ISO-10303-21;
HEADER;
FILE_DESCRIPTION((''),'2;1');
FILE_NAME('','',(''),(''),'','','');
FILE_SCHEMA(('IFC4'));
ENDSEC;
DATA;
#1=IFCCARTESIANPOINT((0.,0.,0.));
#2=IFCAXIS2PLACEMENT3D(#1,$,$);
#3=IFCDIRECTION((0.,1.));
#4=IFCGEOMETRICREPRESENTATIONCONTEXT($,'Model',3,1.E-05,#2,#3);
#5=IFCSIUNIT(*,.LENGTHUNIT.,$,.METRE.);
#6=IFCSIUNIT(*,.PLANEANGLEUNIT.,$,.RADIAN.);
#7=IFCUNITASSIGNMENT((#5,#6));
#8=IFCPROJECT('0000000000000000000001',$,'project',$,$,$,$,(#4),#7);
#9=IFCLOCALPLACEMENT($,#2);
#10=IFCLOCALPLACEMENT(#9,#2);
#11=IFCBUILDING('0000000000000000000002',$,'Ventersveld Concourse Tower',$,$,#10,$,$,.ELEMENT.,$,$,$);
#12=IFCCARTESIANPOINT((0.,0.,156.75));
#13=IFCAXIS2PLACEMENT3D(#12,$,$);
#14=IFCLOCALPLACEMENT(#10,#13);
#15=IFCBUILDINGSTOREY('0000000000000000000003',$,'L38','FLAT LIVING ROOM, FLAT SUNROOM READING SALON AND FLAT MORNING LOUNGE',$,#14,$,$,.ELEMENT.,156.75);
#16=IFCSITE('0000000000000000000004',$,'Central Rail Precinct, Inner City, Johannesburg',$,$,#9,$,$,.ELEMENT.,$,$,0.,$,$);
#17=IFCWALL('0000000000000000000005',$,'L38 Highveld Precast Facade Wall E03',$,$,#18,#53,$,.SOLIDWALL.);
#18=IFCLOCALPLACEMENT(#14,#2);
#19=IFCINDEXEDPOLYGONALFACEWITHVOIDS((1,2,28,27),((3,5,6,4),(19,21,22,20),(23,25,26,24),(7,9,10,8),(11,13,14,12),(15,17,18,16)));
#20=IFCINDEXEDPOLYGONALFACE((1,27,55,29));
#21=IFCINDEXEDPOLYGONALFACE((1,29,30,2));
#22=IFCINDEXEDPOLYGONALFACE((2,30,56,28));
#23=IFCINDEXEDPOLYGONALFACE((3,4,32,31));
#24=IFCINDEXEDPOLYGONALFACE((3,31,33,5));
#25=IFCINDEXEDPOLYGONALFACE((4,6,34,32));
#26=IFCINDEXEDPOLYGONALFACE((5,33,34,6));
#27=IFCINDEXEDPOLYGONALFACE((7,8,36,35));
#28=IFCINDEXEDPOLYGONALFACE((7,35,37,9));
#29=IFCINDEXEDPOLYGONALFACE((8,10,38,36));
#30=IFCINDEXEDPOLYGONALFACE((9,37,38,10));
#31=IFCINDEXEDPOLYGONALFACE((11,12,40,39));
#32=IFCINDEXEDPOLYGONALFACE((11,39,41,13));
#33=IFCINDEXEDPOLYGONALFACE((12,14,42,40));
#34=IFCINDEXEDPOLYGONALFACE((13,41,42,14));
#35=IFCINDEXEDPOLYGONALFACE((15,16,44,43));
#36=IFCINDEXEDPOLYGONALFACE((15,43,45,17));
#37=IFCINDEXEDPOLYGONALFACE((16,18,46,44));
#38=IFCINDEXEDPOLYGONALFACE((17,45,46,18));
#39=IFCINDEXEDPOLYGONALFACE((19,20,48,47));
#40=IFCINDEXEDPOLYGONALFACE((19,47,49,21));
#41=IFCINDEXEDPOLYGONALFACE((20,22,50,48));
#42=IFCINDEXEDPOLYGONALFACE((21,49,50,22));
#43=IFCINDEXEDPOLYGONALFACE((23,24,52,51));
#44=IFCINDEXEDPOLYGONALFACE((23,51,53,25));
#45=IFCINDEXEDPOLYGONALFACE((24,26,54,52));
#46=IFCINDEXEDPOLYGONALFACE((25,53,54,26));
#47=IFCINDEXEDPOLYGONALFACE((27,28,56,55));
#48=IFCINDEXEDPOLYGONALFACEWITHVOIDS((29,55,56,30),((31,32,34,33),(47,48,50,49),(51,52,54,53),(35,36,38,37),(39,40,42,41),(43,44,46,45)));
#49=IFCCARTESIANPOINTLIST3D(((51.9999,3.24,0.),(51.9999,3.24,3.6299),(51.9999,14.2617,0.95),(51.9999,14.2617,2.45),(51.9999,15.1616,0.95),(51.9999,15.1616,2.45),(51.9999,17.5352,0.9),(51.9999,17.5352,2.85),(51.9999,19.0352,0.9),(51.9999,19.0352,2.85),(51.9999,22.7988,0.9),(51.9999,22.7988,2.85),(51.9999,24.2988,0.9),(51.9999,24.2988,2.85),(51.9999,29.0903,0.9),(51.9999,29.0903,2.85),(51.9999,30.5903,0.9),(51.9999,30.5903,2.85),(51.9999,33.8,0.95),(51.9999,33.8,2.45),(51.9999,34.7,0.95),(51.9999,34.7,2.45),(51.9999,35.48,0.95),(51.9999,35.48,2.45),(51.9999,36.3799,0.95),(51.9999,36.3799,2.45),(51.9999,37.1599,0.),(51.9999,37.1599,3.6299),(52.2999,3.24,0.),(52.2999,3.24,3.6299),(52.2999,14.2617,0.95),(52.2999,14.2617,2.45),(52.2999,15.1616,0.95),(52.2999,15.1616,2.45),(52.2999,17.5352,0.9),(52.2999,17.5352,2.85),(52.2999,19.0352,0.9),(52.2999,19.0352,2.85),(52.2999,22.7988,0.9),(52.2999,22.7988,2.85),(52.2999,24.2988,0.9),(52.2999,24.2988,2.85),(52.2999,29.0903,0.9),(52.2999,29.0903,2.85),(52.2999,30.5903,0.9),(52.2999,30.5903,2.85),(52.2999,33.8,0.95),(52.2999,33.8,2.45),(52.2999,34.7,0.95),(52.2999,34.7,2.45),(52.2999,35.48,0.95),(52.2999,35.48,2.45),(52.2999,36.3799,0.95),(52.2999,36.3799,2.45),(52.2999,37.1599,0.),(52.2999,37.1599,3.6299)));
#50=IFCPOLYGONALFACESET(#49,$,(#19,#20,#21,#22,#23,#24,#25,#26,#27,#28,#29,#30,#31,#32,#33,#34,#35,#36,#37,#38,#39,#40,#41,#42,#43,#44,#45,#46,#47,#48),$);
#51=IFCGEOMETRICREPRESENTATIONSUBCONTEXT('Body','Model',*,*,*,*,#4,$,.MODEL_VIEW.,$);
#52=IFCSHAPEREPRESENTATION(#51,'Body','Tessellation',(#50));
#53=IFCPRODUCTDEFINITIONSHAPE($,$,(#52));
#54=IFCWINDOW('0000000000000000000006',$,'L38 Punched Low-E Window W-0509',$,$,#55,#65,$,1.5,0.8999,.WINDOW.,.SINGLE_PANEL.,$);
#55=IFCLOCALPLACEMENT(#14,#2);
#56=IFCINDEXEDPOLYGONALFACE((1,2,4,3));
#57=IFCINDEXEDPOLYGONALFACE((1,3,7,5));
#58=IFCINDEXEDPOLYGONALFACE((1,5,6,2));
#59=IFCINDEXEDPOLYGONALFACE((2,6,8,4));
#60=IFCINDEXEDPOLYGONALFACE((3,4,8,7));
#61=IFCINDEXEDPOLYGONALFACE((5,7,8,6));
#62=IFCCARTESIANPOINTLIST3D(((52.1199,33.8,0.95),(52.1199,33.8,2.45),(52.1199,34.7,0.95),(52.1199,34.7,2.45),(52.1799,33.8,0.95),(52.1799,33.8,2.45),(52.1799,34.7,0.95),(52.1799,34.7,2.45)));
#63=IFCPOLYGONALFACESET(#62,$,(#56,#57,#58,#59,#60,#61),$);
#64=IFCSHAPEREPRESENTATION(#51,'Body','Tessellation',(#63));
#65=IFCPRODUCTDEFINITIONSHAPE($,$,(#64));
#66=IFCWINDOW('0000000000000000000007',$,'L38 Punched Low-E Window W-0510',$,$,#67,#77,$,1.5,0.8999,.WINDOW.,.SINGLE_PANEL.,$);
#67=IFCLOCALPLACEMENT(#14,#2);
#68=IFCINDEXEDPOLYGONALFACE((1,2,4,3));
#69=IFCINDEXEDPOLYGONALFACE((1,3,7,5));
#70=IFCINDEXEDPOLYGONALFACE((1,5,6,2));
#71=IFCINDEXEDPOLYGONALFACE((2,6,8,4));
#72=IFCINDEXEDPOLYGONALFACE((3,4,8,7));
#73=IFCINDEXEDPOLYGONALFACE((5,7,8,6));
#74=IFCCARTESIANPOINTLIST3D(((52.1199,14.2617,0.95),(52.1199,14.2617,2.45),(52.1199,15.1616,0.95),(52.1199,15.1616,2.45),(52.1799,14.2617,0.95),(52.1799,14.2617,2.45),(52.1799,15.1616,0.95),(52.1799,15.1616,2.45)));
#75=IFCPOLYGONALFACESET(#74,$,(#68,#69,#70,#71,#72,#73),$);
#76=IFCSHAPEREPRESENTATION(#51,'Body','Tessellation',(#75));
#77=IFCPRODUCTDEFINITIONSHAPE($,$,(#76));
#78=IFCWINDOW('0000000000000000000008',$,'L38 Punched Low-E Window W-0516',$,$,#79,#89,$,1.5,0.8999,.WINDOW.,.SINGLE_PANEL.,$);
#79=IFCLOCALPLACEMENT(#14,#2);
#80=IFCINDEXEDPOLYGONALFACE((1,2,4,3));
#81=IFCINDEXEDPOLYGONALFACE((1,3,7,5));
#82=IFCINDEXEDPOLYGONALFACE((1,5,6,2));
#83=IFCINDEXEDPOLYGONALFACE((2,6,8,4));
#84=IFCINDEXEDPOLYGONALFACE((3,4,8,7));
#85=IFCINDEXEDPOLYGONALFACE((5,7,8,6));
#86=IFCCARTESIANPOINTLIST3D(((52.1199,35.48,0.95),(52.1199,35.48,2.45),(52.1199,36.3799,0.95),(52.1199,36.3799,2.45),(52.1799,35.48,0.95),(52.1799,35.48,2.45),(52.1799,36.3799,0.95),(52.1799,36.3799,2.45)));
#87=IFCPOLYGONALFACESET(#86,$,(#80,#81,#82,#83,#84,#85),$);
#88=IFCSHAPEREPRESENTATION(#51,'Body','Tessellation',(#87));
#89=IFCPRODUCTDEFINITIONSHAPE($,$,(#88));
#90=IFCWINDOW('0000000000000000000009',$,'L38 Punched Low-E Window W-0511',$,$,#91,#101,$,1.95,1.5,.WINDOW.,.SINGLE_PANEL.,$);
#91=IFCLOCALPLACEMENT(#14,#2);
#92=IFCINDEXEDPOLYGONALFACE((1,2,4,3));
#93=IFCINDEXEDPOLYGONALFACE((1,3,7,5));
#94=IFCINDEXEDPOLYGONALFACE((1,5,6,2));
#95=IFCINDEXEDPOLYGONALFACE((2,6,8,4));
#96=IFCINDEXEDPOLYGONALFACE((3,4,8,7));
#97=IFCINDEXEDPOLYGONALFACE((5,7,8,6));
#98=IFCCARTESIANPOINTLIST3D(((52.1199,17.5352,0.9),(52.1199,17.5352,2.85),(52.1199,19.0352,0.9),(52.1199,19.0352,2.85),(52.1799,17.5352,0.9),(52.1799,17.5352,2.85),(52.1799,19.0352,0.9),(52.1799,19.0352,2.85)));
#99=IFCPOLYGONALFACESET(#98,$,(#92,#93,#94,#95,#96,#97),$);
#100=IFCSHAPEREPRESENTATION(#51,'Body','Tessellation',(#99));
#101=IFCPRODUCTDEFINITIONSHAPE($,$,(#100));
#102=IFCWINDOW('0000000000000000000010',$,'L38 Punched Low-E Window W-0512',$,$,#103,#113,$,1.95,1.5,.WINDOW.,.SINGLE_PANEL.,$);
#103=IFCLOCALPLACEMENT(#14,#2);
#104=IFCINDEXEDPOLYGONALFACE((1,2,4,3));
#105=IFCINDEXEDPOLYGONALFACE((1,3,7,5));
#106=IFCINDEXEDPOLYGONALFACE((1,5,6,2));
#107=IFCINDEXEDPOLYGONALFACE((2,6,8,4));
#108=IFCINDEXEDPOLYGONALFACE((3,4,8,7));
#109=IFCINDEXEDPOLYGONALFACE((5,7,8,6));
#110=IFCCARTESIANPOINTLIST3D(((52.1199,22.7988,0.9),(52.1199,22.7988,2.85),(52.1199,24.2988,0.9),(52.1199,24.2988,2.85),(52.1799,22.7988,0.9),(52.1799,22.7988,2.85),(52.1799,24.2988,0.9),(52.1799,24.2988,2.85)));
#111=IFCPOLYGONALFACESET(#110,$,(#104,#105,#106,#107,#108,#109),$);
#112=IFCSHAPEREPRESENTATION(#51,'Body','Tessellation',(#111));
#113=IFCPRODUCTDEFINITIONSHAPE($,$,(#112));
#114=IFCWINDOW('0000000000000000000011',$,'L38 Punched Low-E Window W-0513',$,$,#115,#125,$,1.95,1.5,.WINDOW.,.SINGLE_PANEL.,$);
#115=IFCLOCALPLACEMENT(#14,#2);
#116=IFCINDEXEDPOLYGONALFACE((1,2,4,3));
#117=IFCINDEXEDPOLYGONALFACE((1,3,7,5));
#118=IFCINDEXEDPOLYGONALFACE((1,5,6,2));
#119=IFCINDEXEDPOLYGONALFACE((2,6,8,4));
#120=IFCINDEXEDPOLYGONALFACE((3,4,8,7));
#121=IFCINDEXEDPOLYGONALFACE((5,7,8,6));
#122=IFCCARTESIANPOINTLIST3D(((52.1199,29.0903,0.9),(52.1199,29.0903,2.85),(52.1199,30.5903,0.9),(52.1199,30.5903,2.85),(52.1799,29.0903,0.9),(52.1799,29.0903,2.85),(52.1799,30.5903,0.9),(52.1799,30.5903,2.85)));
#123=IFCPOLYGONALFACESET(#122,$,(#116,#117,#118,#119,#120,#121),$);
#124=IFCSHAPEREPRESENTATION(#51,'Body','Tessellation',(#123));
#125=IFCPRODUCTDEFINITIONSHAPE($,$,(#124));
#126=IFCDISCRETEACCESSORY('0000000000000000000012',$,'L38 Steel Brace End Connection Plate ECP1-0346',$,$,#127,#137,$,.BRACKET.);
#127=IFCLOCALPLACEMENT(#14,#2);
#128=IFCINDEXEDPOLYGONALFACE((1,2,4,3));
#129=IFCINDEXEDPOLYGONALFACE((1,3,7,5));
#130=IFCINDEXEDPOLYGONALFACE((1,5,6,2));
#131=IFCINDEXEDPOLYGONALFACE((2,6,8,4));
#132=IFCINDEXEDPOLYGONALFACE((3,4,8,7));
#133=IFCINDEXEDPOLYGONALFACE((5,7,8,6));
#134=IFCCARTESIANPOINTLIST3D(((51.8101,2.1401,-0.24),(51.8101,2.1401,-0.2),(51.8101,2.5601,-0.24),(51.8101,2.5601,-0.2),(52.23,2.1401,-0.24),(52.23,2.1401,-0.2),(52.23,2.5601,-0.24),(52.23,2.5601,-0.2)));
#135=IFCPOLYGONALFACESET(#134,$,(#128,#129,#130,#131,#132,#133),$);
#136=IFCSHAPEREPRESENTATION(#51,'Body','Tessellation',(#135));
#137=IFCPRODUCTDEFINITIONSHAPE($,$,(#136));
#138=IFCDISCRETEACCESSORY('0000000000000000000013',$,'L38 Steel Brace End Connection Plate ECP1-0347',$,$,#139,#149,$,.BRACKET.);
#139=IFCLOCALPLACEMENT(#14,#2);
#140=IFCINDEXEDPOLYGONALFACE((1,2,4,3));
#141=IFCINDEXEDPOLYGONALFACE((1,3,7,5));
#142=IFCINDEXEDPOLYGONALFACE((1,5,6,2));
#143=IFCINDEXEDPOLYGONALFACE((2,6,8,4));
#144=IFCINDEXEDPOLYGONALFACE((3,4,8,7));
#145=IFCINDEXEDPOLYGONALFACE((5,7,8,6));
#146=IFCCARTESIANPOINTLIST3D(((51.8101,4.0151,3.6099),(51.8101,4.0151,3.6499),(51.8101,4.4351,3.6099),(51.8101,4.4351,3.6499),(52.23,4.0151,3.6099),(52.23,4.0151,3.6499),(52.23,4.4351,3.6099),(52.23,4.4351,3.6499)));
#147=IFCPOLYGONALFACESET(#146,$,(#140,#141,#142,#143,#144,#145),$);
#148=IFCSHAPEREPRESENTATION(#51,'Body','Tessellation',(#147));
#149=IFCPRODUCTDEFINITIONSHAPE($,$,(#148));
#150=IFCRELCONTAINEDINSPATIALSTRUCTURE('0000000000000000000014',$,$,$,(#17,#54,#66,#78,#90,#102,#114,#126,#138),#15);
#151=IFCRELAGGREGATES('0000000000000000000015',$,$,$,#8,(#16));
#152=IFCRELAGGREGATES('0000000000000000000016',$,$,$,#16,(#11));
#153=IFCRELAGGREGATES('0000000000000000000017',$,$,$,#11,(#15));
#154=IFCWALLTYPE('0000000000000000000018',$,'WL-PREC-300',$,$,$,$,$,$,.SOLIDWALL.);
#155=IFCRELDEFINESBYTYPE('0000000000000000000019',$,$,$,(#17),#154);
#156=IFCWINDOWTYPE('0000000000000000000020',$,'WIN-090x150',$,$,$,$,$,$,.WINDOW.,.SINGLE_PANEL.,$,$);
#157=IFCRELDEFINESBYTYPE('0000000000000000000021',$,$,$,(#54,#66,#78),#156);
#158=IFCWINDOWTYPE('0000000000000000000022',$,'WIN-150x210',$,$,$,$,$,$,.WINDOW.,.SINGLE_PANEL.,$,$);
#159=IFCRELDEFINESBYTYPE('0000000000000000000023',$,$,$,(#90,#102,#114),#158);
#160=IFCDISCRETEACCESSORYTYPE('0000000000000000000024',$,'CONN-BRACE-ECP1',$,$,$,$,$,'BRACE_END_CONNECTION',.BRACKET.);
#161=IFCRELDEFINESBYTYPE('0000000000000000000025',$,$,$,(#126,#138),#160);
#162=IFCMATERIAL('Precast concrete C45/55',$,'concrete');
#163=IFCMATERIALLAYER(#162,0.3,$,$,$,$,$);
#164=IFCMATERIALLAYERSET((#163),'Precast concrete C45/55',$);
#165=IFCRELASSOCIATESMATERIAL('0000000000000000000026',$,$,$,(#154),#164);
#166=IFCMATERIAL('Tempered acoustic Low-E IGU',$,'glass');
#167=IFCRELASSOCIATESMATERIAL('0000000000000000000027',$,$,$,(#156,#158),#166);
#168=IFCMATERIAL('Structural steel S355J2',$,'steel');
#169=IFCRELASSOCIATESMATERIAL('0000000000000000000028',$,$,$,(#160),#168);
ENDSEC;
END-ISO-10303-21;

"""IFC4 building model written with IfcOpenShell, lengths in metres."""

from ifc_helpers import new_model, si_unit, direction, frame, frame_2d, origin, origin_2d, place, context, subcontext, project, spatial, rectangle, extrude, material, layer, layer_set, type_object, element, fill, save


model = new_model("IFC4")

# Units and contexts
model_context = context("Model", 3, precision=1e-05, world=origin(), true_north=direction((0.0, 1.0)))
body_context = subcontext(model_context, "Body", "Model", "MODEL_VIEW")
ifc_project = project(units=[si_unit("LENGTHUNIT", "METRE"), si_unit("PLANEANGLEUNIT", "RADIAN")], contexts=[model_context])

# Site, building, storey
site_placement = place(None, origin())
site = spatial("IfcSite", under=ifc_project, at=site_placement, Name="Central Rail Precinct, Inner City, Johannesburg", CompositionType="ELEMENT", RefElevation=0.0)
building_placement = place(site_placement, origin())
building = spatial("IfcBuilding", under=site, at=building_placement, Name="Ventersveld Concourse Tower", CompositionType="ELEMENT")
storey_placement = place(building_placement, frame((0.0, 0.0, 156.75)))
storey = spatial("IfcBuildingStorey", under=building, at=storey_placement, Name="L38", Description="FLAT LIVING ROOM, FLAT SUNROOM READING SALON AND FLAT MORNING LOUNGE", CompositionType="ELEMENT", Elevation=156.75)

# Shared definitions
ifc_material_1 = material(Name="Structural steel S355J2", Category="steel")

# Shared definitions
ifc_material_2 = material(Name="Precast concrete C45/55", Category="concrete")
ifc_layer_1 = layer(ifc_material_2, 0.3)
ifc_layer_set_1 = layer_set([ifc_layer_1], Name="Precast concrete C45/55")
wall_type_1 = type_object("IfcWallType", Name="WL-PREC-300", PredefinedType="SOLIDWALL", material=ifc_layer_set_1)

# Wall, openings, windows
wall_1_placement = place(storey_placement, frame((52.1499, 3.24, 0.0), z_axis=(0.0, 0.0, 1.0), x_axis=(0.0, 1.0, 0.0)))
wall_1 = element("IfcWall", 1, at=wall_1_placement, inside=storey, type_object=wall_type_1, Name="L38 Highveld Precast Facade Wall E03", PredefinedType="SOLIDWALL", context=body_context, shape_type="SweptSolid", body=[
    extrude(rectangle(XDim=33.9199, YDim=0.3, at=frame_2d((16.96, 0.0))), origin(), (0.0, 0.0, 1.0), 3.6299),
])
opening_1_placement = place(wall_1_placement, frame((30.5601, 0.0, 0.95)))
opening_1 = element("IfcOpeningElement", 2, at=opening_1_placement, cuts=wall_1, PredefinedType="OPENING", context=body_context, shape_type="SweptSolid", body=[
    extrude(rectangle(XDim=0.8999, YDim=1.5, at=frame_2d((0.45, 0.75))), frame((0.0, 0.1602, 0.0), z_axis=(0.0, -1.0, 0.0), x_axis=(1.0, 0.0, 0.0)), (0.0, 0.0, 1.0), 0.3201),
])
opening_2_placement = place(wall_1_placement, frame((11.0217, 0.0, 0.95)))
opening_2 = element("IfcOpeningElement", 3, at=opening_2_placement, cuts=wall_1, PredefinedType="OPENING", context=body_context, shape_type="SweptSolid", body=[
    extrude(rectangle(XDim=0.8999, YDim=1.5, at=frame_2d((0.45, 0.75))), frame((0.0, 0.1602, 0.0), z_axis=(0.0, -1.0, 0.0), x_axis=(1.0, 0.0, 0.0)), (0.0, 0.0, 1.0), 0.3201),
])
opening_3_placement = place(wall_1_placement, frame((14.2952, 0.0, 0.8999)))
opening_3 = element("IfcOpeningElement", 4, at=opening_3_placement, cuts=wall_1, PredefinedType="OPENING", context=body_context, shape_type="SweptSolid", body=[
    extrude(rectangle(XDim=1.5, YDim=1.95, at=frame_2d((0.75, 0.9751))), frame((0.0, 0.1602, 0.0), z_axis=(0.0, -1.0, 0.0), x_axis=(1.0, 0.0, 0.0)), (0.0, 0.0, 1.0), 0.3201),
])
opening_4_placement = place(wall_1_placement, frame((19.5588, 0.0, 0.8999)))
opening_4 = element("IfcOpeningElement", 5, at=opening_4_placement, cuts=wall_1, PredefinedType="OPENING", context=body_context, shape_type="SweptSolid", body=[
    extrude(rectangle(XDim=1.5, YDim=1.95, at=frame_2d((0.75, 0.9751))), frame((0.0, 0.1602, 0.0), z_axis=(0.0, -1.0, 0.0), x_axis=(1.0, 0.0, 0.0)), (0.0, 0.0, 1.0), 0.3201),
])
opening_5_placement = place(wall_1_placement, frame((25.8503, 0.0, 0.8999)))
opening_5 = element("IfcOpeningElement", 6, at=opening_5_placement, cuts=wall_1, PredefinedType="OPENING", context=body_context, shape_type="SweptSolid", body=[
    extrude(rectangle(XDim=1.5, YDim=1.95, at=frame_2d((0.75, 0.9751))), frame((0.0, 0.1602, 0.0), z_axis=(0.0, -1.0, 0.0), x_axis=(1.0, 0.0, 0.0)), (0.0, 0.0, 1.0), 0.3201),
])
opening_6_placement = place(wall_1_placement, frame((32.24, 0.0, 0.95)))
opening_6 = element("IfcOpeningElement", 7, at=opening_6_placement, cuts=wall_1, PredefinedType="OPENING", context=body_context, shape_type="SweptSolid", body=[
    extrude(rectangle(XDim=0.8999, YDim=1.5, at=frame_2d((0.45, 0.75))), frame((0.0, 0.1602, 0.0), z_axis=(0.0, -1.0, 0.0), x_axis=(1.0, 0.0, 0.0)), (0.0, 0.0, 1.0), 0.3201),
])
ifc_material_3 = material(Name="Tempered acoustic Low-E IGU", Category="glass")
window_type_1 = type_object("IfcWindowType", Name="WIN-090x150", PartitioningType="SINGLE_PANEL", PredefinedType="WINDOW", material=ifc_material_3)
window_1_placement = place(opening_1_placement, origin())
window_1 = element("IfcWindow", 8, at=window_1_placement, inside=storey, type_object=window_type_1, Name="L38 Punched Low-E Window W-0509", OverallHeight=1.5, OverallWidth=0.8999, PartitioningType="SINGLE_PANEL", PredefinedType="WINDOW", context=body_context, shape_type="SweptSolid", body=[
    extrude(rectangle(XDim=0.8999, YDim=1.5, at=frame_2d((0.45, 0.75))), frame((0.0, 0.03, 0.0), z_axis=(0.0, -1.0, 0.0), x_axis=(1.0, 0.0, 0.0)), (0.0, 0.0, 1.0), 0.0601),
])
fill(opening_1, window_1)
window_2_placement = place(opening_2_placement, origin())
window_2 = element("IfcWindow", 9, at=window_2_placement, inside=storey, type_object=window_type_1, Name="L38 Punched Low-E Window W-0510", OverallHeight=1.5, OverallWidth=0.8999, PartitioningType="SINGLE_PANEL", PredefinedType="WINDOW", context=body_context, shape_type="SweptSolid", body=[
    extrude(rectangle(XDim=0.8999, YDim=1.5, at=frame_2d((0.45, 0.75))), frame((0.0, 0.03, 0.0), z_axis=(0.0, -1.0, 0.0), x_axis=(1.0, 0.0, 0.0)), (0.0, 0.0, 1.0), 0.0601),
])
fill(opening_2, window_2)
window_3_placement = place(opening_6_placement, origin())
window_3 = element("IfcWindow", 10, at=window_3_placement, inside=storey, type_object=window_type_1, Name="L38 Punched Low-E Window W-0516", OverallHeight=1.5, OverallWidth=0.8999, PartitioningType="SINGLE_PANEL", PredefinedType="WINDOW", context=body_context, shape_type="SweptSolid", body=[
    extrude(rectangle(XDim=0.8999, YDim=1.5, at=frame_2d((0.45, 0.75))), frame((0.0, 0.03, 0.0), z_axis=(0.0, -1.0, 0.0), x_axis=(1.0, 0.0, 0.0)), (0.0, 0.0, 1.0), 0.0601),
])
fill(opening_6, window_3)
window_type_2 = type_object("IfcWindowType", Name="WIN-150x210", PartitioningType="SINGLE_PANEL", PredefinedType="WINDOW", material=ifc_material_3)
window_4_placement = place(opening_3_placement, origin())
window_4 = element("IfcWindow", 11, at=window_4_placement, inside=storey, type_object=window_type_2, Name="L38 Punched Low-E Window W-0511", OverallHeight=1.95, OverallWidth=1.5, PartitioningType="SINGLE_PANEL", PredefinedType="WINDOW", context=body_context, shape_type="SweptSolid", body=[
    extrude(rectangle(XDim=1.5, YDim=1.95, at=frame_2d((0.75, 0.9751))), frame((0.0, 0.03, 0.0), z_axis=(0.0, -1.0, 0.0), x_axis=(1.0, 0.0, 0.0)), (0.0, 0.0, 1.0), 0.0601),
])
fill(opening_3, window_4)
window_5_placement = place(opening_4_placement, origin())
window_5 = element("IfcWindow", 12, at=window_5_placement, inside=storey, type_object=window_type_2, Name="L38 Punched Low-E Window W-0512", OverallHeight=1.95, OverallWidth=1.5, PartitioningType="SINGLE_PANEL", PredefinedType="WINDOW", context=body_context, shape_type="SweptSolid", body=[
    extrude(rectangle(XDim=1.5, YDim=1.95, at=frame_2d((0.75, 0.9751))), frame((0.0, 0.03, 0.0), z_axis=(0.0, -1.0, 0.0), x_axis=(1.0, 0.0, 0.0)), (0.0, 0.0, 1.0), 0.0601),
])
fill(opening_4, window_5)
window_6_placement = place(opening_5_placement, origin())
window_6 = element("IfcWindow", 13, at=window_6_placement, inside=storey, type_object=window_type_2, Name="L38 Punched Low-E Window W-0513", OverallHeight=1.95, OverallWidth=1.5, PartitioningType="SINGLE_PANEL", PredefinedType="WINDOW", context=body_context, shape_type="SweptSolid", body=[
    extrude(rectangle(XDim=1.5, YDim=1.95, at=frame_2d((0.75, 0.9751))), frame((0.0, 0.03, 0.0), z_axis=(0.0, -1.0, 0.0), x_axis=(1.0, 0.0, 0.0)), (0.0, 0.0, 1.0), 0.0601),
])
fill(opening_5, window_6)

# Discrete accessories
discrete_accessory_type = type_object("IfcDiscreteAccessoryType", Name="CONN-BRACE-ECP1", ElementType="BRACE_END_CONNECTION", PredefinedType="BRACKET", material=ifc_material_1)
for number, where, z_axis, x_axis, name in (
    (14, (52.02, 2.3501, -0.24), (0.0, 0.0, 1.0), (1.0, 0.0, 0.0), "L38 Steel Brace End Connection Plate ECP1-0346"),
    (15, (52.02, 4.2251, 3.6099), (0.0, 0.0, 1.0), (1.0, 0.0, 0.0), "L38 Steel Brace End Connection Plate ECP1-0347"),
):
    element("IfcDiscreteAccessory", number, at=place(storey_placement, frame(where, z_axis=z_axis, x_axis=x_axis)), inside=storey, type_object=discrete_accessory_type, Name=name, PredefinedType="BRACKET", context=body_context, shape_type="SweptSolid", body=[
        extrude(rectangle(XDim=0.4199, YDim=0.4199, at=origin_2d()), origin(), (0.0, 0.0, 1.0), 0.04),
    ])

save(model, "model.ifc")
